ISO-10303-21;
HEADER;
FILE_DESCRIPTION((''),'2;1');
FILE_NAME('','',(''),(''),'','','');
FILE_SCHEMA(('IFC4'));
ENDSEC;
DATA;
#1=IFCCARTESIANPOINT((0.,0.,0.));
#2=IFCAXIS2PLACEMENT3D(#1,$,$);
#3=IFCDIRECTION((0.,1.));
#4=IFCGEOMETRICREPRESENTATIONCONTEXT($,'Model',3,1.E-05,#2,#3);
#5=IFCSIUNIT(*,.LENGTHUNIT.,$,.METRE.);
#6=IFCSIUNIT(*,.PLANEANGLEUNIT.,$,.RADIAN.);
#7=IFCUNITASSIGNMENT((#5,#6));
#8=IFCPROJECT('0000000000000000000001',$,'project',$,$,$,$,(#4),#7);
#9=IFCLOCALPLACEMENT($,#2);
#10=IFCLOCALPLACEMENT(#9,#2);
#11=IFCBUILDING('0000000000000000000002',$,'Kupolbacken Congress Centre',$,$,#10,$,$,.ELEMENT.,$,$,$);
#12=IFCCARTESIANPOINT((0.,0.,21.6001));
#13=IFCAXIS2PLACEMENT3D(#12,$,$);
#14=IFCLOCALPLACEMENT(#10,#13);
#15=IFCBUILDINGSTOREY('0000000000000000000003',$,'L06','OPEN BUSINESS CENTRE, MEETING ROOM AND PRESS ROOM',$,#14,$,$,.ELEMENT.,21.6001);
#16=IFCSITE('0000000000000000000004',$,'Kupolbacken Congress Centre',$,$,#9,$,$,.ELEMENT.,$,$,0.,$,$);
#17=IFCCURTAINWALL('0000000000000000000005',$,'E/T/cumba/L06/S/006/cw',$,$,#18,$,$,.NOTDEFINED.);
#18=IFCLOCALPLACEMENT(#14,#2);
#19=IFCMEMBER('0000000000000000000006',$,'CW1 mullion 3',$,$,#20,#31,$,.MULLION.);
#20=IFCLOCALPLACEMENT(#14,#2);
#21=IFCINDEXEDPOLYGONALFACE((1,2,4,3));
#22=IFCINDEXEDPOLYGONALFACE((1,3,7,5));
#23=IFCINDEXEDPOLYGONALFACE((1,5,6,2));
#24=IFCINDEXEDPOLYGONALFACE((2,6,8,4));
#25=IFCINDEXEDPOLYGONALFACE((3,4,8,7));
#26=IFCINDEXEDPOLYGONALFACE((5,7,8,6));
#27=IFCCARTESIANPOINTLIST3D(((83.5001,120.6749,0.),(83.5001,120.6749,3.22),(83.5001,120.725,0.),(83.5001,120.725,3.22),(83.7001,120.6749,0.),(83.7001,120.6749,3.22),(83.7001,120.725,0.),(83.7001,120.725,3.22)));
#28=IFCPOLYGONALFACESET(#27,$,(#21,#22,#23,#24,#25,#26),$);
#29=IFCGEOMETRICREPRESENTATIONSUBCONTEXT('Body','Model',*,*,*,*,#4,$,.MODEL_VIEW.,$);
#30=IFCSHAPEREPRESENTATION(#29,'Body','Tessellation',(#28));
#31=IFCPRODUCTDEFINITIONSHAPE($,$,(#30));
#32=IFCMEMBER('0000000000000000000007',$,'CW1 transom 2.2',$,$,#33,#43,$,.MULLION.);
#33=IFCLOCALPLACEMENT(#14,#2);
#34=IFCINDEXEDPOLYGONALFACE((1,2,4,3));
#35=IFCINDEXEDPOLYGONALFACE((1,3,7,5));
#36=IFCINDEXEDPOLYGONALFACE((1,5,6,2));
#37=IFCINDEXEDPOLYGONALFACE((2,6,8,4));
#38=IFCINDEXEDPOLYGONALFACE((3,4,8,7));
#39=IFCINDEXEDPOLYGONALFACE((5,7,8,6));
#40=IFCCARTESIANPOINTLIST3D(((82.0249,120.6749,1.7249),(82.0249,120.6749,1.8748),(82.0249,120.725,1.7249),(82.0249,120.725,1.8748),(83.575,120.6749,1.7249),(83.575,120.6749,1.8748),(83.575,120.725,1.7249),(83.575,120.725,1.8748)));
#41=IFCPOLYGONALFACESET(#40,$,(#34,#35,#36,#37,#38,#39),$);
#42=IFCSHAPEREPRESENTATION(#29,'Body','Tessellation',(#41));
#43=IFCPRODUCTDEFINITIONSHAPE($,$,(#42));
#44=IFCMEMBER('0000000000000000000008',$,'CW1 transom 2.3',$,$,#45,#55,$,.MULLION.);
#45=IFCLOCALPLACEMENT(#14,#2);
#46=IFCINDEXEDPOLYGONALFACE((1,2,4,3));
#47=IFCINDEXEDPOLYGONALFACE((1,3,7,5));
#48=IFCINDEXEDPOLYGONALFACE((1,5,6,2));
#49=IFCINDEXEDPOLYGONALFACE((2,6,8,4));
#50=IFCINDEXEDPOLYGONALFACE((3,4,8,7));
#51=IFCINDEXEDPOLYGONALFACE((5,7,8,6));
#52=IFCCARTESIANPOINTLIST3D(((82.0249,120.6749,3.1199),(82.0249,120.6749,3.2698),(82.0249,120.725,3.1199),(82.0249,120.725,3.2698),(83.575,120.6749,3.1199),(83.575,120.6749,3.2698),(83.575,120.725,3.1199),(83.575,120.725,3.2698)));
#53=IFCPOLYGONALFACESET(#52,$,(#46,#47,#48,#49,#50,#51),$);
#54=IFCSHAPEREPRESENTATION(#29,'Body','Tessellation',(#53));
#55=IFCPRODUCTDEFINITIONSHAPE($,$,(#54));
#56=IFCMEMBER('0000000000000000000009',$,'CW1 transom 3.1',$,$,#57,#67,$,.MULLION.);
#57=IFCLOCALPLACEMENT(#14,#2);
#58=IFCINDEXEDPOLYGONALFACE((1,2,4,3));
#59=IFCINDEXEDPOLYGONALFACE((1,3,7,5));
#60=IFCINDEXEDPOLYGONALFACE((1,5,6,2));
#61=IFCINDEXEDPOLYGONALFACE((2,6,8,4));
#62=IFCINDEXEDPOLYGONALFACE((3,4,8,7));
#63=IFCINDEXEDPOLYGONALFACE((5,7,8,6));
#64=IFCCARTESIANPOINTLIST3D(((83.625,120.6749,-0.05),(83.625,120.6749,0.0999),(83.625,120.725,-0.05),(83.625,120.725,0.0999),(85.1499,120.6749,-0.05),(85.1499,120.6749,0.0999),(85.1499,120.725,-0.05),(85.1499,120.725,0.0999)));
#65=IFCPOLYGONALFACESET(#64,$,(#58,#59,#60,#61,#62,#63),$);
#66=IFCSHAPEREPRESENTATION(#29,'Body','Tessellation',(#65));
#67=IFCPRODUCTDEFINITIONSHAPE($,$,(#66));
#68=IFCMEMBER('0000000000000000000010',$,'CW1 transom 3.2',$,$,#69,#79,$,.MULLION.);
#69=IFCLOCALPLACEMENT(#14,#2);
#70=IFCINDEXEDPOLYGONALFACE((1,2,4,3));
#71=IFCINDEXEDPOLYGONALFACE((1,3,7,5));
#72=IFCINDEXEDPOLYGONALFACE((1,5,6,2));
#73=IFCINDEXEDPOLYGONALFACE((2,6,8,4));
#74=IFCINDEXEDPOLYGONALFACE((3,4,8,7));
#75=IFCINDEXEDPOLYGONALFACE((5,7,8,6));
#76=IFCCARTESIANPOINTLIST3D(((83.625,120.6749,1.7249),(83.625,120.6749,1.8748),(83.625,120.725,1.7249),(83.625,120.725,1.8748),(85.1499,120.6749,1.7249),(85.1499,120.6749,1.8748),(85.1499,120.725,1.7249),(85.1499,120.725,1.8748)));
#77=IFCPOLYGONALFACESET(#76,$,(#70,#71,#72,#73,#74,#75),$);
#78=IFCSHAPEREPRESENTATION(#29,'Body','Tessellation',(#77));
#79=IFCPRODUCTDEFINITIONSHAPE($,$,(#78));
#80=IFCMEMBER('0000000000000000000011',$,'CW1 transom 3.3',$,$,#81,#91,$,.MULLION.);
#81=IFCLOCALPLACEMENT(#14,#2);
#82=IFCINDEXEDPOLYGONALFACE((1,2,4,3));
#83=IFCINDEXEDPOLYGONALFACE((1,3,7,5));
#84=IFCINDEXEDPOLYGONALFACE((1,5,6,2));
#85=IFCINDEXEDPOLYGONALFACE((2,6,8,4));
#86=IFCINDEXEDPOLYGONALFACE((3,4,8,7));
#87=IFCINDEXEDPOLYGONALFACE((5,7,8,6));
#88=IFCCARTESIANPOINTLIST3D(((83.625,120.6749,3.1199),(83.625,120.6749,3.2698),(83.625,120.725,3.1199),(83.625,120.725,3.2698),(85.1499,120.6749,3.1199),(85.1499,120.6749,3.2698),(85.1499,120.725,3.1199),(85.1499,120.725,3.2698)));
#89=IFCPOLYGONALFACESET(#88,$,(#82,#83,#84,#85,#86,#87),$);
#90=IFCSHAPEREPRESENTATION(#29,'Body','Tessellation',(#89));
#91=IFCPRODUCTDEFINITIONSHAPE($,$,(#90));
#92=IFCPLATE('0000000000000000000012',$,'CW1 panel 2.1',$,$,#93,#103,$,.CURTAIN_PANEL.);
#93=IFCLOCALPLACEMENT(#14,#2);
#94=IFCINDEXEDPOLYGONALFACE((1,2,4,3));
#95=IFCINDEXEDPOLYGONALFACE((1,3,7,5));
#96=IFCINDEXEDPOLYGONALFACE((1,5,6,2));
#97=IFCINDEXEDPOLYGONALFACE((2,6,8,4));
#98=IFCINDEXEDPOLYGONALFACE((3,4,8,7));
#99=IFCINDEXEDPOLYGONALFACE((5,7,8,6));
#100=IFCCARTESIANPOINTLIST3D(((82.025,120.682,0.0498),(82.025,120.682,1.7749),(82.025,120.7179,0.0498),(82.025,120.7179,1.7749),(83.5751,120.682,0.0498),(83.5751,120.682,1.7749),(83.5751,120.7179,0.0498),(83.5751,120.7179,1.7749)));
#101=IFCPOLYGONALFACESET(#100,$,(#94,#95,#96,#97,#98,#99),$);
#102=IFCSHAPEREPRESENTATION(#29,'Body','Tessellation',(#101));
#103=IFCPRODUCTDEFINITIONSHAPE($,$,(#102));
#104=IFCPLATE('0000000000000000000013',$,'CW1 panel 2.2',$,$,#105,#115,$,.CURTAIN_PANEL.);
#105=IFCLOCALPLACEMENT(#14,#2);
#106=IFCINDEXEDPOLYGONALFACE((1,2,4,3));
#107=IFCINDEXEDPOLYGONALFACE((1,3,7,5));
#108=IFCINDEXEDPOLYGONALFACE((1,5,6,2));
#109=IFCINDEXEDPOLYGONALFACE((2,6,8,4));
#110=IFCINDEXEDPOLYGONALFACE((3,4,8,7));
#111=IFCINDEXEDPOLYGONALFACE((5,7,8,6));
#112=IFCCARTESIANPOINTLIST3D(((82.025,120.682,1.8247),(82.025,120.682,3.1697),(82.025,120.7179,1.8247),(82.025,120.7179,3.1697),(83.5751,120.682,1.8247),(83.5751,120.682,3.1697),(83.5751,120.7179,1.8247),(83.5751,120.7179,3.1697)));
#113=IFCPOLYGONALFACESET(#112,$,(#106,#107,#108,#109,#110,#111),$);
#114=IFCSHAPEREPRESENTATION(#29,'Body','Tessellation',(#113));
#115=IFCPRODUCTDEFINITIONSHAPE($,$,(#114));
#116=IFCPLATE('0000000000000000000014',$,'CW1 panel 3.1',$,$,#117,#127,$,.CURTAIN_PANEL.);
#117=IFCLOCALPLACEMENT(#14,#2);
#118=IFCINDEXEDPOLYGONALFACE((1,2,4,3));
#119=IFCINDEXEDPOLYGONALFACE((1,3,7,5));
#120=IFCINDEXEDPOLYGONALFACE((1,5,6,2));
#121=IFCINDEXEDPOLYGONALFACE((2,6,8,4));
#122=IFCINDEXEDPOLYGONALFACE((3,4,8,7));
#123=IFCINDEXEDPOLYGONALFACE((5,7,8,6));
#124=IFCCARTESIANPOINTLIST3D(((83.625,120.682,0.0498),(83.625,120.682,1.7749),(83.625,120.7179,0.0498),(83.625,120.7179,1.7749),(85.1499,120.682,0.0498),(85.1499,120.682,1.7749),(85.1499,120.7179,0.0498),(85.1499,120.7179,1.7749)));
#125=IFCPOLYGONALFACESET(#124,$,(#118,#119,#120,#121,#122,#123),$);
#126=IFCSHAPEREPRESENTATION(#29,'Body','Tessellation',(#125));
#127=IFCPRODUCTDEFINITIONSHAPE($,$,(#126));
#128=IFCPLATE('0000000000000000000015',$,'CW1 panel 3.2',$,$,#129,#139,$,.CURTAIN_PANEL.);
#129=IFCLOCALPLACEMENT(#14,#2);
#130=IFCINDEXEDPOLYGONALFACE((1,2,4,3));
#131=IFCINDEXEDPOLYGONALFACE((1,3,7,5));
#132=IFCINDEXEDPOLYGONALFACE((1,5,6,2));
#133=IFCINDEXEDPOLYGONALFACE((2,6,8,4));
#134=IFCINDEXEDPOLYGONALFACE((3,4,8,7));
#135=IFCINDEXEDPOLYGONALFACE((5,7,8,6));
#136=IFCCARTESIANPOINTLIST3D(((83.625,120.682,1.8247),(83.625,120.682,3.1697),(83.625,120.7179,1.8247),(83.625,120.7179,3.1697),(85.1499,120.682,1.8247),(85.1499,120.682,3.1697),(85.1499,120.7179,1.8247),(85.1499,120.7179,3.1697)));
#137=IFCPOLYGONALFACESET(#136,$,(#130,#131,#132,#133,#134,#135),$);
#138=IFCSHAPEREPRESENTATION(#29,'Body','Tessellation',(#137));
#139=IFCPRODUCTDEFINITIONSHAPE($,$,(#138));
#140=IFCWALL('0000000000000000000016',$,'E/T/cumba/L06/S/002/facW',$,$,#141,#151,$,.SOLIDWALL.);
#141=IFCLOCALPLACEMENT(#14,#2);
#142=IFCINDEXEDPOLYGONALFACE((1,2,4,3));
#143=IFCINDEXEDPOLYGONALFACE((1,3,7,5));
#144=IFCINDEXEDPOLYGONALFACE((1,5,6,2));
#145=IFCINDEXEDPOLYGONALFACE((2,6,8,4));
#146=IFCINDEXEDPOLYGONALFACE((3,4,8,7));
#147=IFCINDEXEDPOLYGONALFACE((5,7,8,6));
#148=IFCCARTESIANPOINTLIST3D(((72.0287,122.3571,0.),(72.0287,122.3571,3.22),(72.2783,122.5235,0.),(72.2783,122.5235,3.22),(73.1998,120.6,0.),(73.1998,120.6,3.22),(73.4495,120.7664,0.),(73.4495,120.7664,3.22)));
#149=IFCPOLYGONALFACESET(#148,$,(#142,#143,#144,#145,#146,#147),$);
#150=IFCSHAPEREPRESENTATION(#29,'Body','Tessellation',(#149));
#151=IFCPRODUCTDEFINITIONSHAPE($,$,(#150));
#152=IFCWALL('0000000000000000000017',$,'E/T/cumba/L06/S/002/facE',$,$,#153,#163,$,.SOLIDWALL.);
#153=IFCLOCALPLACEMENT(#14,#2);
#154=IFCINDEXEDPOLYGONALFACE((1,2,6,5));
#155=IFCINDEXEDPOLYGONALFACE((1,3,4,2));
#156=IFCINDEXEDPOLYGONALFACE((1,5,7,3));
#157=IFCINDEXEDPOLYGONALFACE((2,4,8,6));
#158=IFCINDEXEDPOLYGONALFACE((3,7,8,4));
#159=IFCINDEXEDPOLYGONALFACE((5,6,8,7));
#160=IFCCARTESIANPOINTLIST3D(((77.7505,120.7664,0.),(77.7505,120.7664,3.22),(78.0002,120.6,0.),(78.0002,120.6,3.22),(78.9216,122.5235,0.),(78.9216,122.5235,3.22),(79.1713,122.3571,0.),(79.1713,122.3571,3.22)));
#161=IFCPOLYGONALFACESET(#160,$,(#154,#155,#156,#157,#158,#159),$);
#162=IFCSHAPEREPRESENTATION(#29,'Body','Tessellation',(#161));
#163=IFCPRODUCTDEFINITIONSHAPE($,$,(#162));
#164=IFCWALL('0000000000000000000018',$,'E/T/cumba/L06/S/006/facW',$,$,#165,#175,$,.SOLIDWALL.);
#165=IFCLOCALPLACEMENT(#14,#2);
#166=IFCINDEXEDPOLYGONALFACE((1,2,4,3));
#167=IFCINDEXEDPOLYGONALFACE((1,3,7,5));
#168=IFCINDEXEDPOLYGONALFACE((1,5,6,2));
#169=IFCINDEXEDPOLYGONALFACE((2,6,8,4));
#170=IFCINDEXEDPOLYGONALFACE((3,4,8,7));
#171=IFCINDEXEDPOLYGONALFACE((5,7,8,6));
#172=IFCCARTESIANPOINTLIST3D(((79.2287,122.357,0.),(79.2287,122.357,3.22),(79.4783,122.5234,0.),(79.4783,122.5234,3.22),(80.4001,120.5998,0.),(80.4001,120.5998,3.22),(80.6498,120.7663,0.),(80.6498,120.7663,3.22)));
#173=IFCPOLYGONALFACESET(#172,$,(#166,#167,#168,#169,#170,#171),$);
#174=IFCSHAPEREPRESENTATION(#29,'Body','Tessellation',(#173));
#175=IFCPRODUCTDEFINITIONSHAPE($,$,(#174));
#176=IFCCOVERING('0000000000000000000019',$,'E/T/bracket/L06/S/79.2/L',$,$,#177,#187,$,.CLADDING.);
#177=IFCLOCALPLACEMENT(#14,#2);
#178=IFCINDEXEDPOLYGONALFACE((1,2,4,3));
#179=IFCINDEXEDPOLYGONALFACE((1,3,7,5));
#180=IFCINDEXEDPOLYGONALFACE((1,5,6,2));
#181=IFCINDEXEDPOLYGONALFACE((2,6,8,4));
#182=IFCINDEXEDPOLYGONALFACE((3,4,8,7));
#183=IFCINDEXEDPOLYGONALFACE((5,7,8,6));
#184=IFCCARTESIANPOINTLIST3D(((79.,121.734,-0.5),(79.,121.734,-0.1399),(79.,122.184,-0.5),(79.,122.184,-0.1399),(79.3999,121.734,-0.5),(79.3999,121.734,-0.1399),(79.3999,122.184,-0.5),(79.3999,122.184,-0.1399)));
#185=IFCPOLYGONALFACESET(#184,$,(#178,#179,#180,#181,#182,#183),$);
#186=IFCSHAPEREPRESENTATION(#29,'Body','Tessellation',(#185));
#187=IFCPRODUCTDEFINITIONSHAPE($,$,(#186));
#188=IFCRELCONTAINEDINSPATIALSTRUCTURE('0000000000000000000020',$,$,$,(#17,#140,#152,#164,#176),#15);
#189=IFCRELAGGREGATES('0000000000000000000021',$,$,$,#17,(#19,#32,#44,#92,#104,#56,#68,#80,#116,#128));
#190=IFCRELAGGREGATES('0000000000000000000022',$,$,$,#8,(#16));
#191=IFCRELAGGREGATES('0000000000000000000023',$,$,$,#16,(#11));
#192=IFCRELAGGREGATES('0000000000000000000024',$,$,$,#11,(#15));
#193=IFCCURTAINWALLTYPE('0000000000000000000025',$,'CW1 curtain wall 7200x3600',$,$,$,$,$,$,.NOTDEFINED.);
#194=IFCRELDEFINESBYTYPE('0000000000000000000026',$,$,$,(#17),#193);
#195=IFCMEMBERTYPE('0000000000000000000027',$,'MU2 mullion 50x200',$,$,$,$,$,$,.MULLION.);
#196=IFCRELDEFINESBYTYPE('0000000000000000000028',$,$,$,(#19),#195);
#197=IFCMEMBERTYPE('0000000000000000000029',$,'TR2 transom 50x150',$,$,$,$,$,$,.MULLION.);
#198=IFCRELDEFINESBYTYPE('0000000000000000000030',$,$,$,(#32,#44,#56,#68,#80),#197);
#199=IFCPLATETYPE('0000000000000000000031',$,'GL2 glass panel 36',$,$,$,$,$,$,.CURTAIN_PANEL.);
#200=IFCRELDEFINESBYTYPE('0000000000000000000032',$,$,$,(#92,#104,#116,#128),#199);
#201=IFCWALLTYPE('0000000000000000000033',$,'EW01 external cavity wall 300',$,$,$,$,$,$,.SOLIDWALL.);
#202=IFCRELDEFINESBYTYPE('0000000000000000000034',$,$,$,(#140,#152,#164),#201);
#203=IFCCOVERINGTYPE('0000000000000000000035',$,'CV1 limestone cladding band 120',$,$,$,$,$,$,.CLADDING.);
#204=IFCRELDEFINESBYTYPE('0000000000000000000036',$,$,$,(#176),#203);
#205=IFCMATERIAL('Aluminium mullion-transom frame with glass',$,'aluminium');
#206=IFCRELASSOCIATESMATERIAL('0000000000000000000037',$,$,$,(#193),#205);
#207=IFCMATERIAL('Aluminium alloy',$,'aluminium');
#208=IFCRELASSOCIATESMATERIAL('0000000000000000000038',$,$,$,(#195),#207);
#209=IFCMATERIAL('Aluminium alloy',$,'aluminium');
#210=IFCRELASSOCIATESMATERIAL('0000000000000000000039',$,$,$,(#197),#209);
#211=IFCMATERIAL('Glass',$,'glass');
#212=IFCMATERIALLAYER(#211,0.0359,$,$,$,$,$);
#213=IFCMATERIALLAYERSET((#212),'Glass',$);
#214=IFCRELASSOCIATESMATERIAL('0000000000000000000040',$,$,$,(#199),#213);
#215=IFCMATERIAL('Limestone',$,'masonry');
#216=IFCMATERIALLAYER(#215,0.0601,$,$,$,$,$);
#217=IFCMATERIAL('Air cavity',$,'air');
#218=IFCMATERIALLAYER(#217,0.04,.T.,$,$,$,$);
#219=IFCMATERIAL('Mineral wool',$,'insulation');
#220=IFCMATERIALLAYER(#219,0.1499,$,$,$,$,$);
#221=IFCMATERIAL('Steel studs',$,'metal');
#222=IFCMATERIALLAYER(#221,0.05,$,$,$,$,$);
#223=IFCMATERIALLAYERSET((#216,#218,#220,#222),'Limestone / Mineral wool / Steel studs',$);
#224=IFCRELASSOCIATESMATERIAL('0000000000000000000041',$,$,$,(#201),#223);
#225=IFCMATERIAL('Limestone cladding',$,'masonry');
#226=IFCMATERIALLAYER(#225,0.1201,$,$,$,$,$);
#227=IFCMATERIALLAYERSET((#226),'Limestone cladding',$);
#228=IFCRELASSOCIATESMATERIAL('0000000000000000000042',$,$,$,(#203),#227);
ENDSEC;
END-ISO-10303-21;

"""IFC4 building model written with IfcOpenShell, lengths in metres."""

from ifc_helpers import new_model, si_unit, direction, frame, frame_2d, origin, origin_2d, place, context, subcontext, project, spatial, rectangle, extrude, material, layer, layer_set, material_profile, profile_set, type_object, element, aggregate, save


model = new_model("IFC4")

# Units and contexts
model_context = context("Model", 3, precision=1e-05, world=origin(), true_north=direction((0.0, 1.0)))
body_context = subcontext(model_context, "Body", "Model", "MODEL_VIEW")
ifc_project = project(units=[si_unit("LENGTHUNIT", "METRE"), si_unit("PLANEANGLEUNIT", "RADIAN")], contexts=[model_context])

# Site, building, storey
site_placement = place(None, origin())
site = spatial("IfcSite", under=ifc_project, at=site_placement, Name="Kupolbacken Congress Centre", CompositionType="ELEMENT", RefElevation=0.0)
building_placement = place(site_placement, origin())
building = spatial("IfcBuilding", under=site, at=building_placement, Name="Kupolbacken Congress Centre", CompositionType="ELEMENT")
storey_placement = place(building_placement, frame((0.0, 0.0, 21.6001)))
storey = spatial("IfcBuildingStorey", under=building, at=storey_placement, Name="L06", Description="OPEN BUSINESS CENTRE, MEETING ROOM AND PRESS ROOM", CompositionType="ELEMENT", Elevation=21.6001)

# Curtain wall, members, plates
ifc_material_1 = material(Name="Aluminium mullion-transom frame with glass", Category="aluminium")
curtain_wall_type = type_object("IfcCurtainWallType", Name="CW1 curtain wall 7200x3600", PredefinedType="NOTDEFINED", material=ifc_material_1)
curtain_wall_placement = place(storey_placement, origin())
curtain_wall = element("IfcCurtainWall", 1, at=curtain_wall_placement, inside=storey, type_object=curtain_wall_type, Name="E/T/cumba/L06/S/006/cw", PredefinedType="NOTDEFINED")
ifc_material_2 = material(Name="Aluminium alloy", Category="aluminium")
ifc_material_profile_1 = material_profile(ifc_material_2, rectangle(XDim=0.05, YDim=0.2, at=origin_2d()), Name="50 x 200")
ifc_profile_set_1 = profile_set([ifc_material_profile_1], Name="Aluminium alloy")
member_type_1 = type_object("IfcMemberType", Name="MU2 mullion 50x200", PredefinedType="MULLION", material=ifc_profile_set_1)
member_1_placement = place(storey_placement, frame((83.6001, 120.7, 0.0), z_axis=(0.0, 0.0, 1.0), x_axis=(0.0, 1.0, 0.0)))
member_1 = element("IfcMember", 2, at=member_1_placement, type_object=member_type_1, Name="CW1 mullion 3", PredefinedType="MULLION", context=body_context, shape_type="SweptSolid", body=[
    extrude(rectangle(XDim=0.05, YDim=0.2, at=origin_2d()), origin(), (0.0, 0.0, 1.0), 3.22),
])
ifc_material_3 = material(Name="Aluminium alloy", Category="aluminium")
ifc_material_profile_2 = material_profile(ifc_material_3, rectangle(XDim=0.05, YDim=0.1499, at=origin_2d()), Name="50 x 150")
ifc_profile_set_2 = profile_set([ifc_material_profile_2], Name="Aluminium alloy")
member_type_2 = type_object("IfcMemberType", Name="TR2 transom 50x150", PredefinedType="MULLION", material=ifc_profile_set_2)
member_2_placement = place(storey_placement, frame((82.0249, 120.7, 1.7998), z_axis=(1.0, 0.0, 0.0), x_axis=(0.0, 1.0, 0.0)))
member_2 = element("IfcMember", 3, at=member_2_placement, type_object=member_type_2, Name="CW1 transom 2.2", PredefinedType="MULLION", context=body_context, shape_type="SweptSolid", body=[
    extrude(rectangle(XDim=0.05, YDim=0.1499, at=origin_2d()), origin(), (0.0, 0.0, 1.0), 1.55),
])
member_3_placement = place(storey_placement, frame((82.0249, 120.7, 3.1948), z_axis=(1.0, 0.0, 0.0), x_axis=(0.0, 1.0, 0.0)))
member_3 = element("IfcMember", 4, at=member_3_placement, type_object=member_type_2, Name="CW1 transom 2.3", PredefinedType="MULLION", context=body_context, shape_type="SweptSolid", body=[
    extrude(rectangle(XDim=0.05, YDim=0.1499, at=origin_2d()), origin(), (0.0, 0.0, 1.0), 1.55),
])
member_4_placement = place(storey_placement, frame((83.625, 120.7, 0.0249), z_axis=(1.0, 0.0, 0.0), x_axis=(0.0, 1.0, 0.0)))
member_4 = element("IfcMember", 5, at=member_4_placement, type_object=member_type_2, Name="CW1 transom 3.1", PredefinedType="MULLION", context=body_context, shape_type="SweptSolid", body=[
    extrude(rectangle(XDim=0.05, YDim=0.1499, at=origin_2d()), origin(), (0.0, 0.0, 1.0), 1.5249),
])
member_5_placement = place(storey_placement, frame((83.625, 120.7, 1.7998), z_axis=(1.0, 0.0, 0.0), x_axis=(0.0, 1.0, 0.0)))
member_5 = element("IfcMember", 6, at=member_5_placement, type_object=member_type_2, Name="CW1 transom 3.2", PredefinedType="MULLION", context=body_context, shape_type="SweptSolid", body=[
    extrude(rectangle(XDim=0.05, YDim=0.1499, at=origin_2d()), origin(), (0.0, 0.0, 1.0), 1.5249),
])
member_6_placement = place(storey_placement, frame((83.625, 120.7, 3.1948), z_axis=(1.0, 0.0, 0.0), x_axis=(0.0, 1.0, 0.0)))
member_6 = element("IfcMember", 7, at=member_6_placement, type_object=member_type_2, Name="CW1 transom 3.3", PredefinedType="MULLION", context=body_context, shape_type="SweptSolid", body=[
    extrude(rectangle(XDim=0.05, YDim=0.1499, at=origin_2d()), origin(), (0.0, 0.0, 1.0), 1.5249),
])
ifc_material_4 = material(Name="Glass", Category="glass")
ifc_layer_1 = layer(ifc_material_4, 0.0359)
ifc_layer_set_1 = layer_set([ifc_layer_1], Name="Glass")
plate_type = type_object("IfcPlateType", Name="GL2 glass panel 36", PredefinedType="CURTAIN_PANEL", material=ifc_layer_set_1)
plate_1_placement = place(storey_placement, frame((82.8, 120.7, 0.0498), z_axis=(0.0, 0.0, 1.0), x_axis=(1.0, 0.0, 0.0)))
plate_1 = element("IfcPlate", 8, at=plate_1_placement, type_object=plate_type, Name="CW1 panel 2.1", PredefinedType="CURTAIN_PANEL", context=body_context, shape_type="SweptSolid", body=[
    extrude(rectangle(XDim=1.55, YDim=0.0359, at=origin_2d()), origin(), (0.0, 0.0, 1.0), 1.7251),
])
plate_2_placement = place(storey_placement, frame((82.8, 120.7, 1.8247), z_axis=(0.0, 0.0, 1.0), x_axis=(1.0, 0.0, 0.0)))
plate_2 = element("IfcPlate", 9, at=plate_2_placement, type_object=plate_type, Name="CW1 panel 2.2", PredefinedType="CURTAIN_PANEL", context=body_context, shape_type="SweptSolid", body=[
    extrude(rectangle(XDim=1.55, YDim=0.0359, at=origin_2d()), origin(), (0.0, 0.0, 1.0), 1.345),
])
plate_3_placement = place(storey_placement, frame((84.3875, 120.7, 0.0498), z_axis=(0.0, 0.0, 1.0), x_axis=(1.0, 0.0, 0.0)))
plate_3 = element("IfcPlate", 10, at=plate_3_placement, type_object=plate_type, Name="CW1 panel 3.1", PredefinedType="CURTAIN_PANEL", context=body_context, shape_type="SweptSolid", body=[
    extrude(rectangle(XDim=1.5249, YDim=0.0359, at=origin_2d()), origin(), (0.0, 0.0, 1.0), 1.7251),
])
plate_4_placement = place(storey_placement, frame((84.3875, 120.7, 1.8247), z_axis=(0.0, 0.0, 1.0), x_axis=(1.0, 0.0, 0.0)))
plate_4 = element("IfcPlate", 11, at=plate_4_placement, type_object=plate_type, Name="CW1 panel 3.2", PredefinedType="CURTAIN_PANEL", context=body_context, shape_type="SweptSolid", body=[
    extrude(rectangle(XDim=1.5249, YDim=0.0359, at=origin_2d()), origin(), (0.0, 0.0, 1.0), 1.345),
])
aggregate(curtain_wall, [member_1, member_2, member_3, plate_1, plate_2, member_4, member_5, member_6, plate_3, plate_4])

# Walls
ifc_material_5 = material(Name="Limestone", Category="masonry")
ifc_layer_2 = layer(ifc_material_5, 0.0601)
ifc_material_6 = material(Name="Air cavity", Category="air")
ifc_layer_3 = layer(ifc_material_6, 0.04, ventilated=True)
ifc_material_7 = material(Name="Mineral wool", Category="insulation")
ifc_layer_4 = layer(ifc_material_7, 0.1499)
ifc_material_8 = material(Name="Steel studs", Category="metal")
ifc_layer_5 = layer(ifc_material_8, 0.05)
ifc_layer_set_2 = layer_set([ifc_layer_2, ifc_layer_3, ifc_layer_4, ifc_layer_5], Name="Limestone / Mineral wool / Steel studs")
wall_type = type_object("IfcWallType", Name="EW01 external cavity wall 300", PredefinedType="SOLIDWALL", material=ifc_layer_set_2)
for number, where, z_axis, x_axis, name in (
    (12, (72.1536, 122.4402, 0.0), (0.0, 0.0, 1.0), (0.55462, -0.832104, 0.0), "E/T/cumba/L06/S/002/facW"),
    (13, (79.0464, 122.4402, 0.0), (0.0, 0.0, 1.0), (-0.55462, -0.832104, 0.0), "E/T/cumba/L06/S/002/facE"),
):
    element("IfcWall", number, at=place(storey_placement, frame(where, z_axis=z_axis, x_axis=x_axis)), inside=storey, type_object=wall_type, Name=name, PredefinedType="SOLIDWALL", context=body_context, shape_type="SweptSolid", body=[
        extrude(rectangle(XDim=2.1116, YDim=0.3, at=frame_2d((1.0557, 0.0))), origin(), (0.0, 0.0, 1.0), 3.22),
    ])
wall_placement = place(storey_placement, frame((79.3535, 122.4402, 0.0), z_axis=(0.0, 0.0, 1.0), x_axis=(0.5547, -0.83205, 0.0)))
element("IfcWall", 14, at=wall_placement, inside=storey, type_object=wall_type, Name="E/T/cumba/L06/S/006/facW", PredefinedType="SOLIDWALL", context=body_context, shape_type="SweptSolid", body=[
    extrude(rectangle(XDim=2.1118, YDim=0.3, at=frame_2d((1.0559, 0.0))), origin(), (0.0, 0.0, 1.0), 3.22),
])

# Covering
ifc_material_9 = material(Name="Limestone cladding", Category="masonry")
ifc_layer_6 = layer(ifc_material_9, 0.1201)
ifc_layer_set_3 = layer_set([ifc_layer_6], Name="Limestone cladding")
covering_type = type_object("IfcCoveringType", Name="CV1 limestone cladding band 120", PredefinedType="CLADDING", material=ifc_layer_set_3)
covering_placement = place(storey_placement, frame((79.2, 121.959, -0.5), z_axis=(0.0, 0.0, 1.0), x_axis=(1.0, 0.0, 0.0)))
element("IfcCovering", 15, at=covering_placement, inside=storey, type_object=covering_type, Name="E/T/bracket/L06/S/79.2/L", PredefinedType="CLADDING", context=body_context, shape_type="SweptSolid", body=[
    extrude(rectangle(XDim=0.3999, YDim=0.45, at=origin_2d()), origin(), (0.0, 0.0, 1.0), 0.3601),
])

save(model, "model.ifc")
